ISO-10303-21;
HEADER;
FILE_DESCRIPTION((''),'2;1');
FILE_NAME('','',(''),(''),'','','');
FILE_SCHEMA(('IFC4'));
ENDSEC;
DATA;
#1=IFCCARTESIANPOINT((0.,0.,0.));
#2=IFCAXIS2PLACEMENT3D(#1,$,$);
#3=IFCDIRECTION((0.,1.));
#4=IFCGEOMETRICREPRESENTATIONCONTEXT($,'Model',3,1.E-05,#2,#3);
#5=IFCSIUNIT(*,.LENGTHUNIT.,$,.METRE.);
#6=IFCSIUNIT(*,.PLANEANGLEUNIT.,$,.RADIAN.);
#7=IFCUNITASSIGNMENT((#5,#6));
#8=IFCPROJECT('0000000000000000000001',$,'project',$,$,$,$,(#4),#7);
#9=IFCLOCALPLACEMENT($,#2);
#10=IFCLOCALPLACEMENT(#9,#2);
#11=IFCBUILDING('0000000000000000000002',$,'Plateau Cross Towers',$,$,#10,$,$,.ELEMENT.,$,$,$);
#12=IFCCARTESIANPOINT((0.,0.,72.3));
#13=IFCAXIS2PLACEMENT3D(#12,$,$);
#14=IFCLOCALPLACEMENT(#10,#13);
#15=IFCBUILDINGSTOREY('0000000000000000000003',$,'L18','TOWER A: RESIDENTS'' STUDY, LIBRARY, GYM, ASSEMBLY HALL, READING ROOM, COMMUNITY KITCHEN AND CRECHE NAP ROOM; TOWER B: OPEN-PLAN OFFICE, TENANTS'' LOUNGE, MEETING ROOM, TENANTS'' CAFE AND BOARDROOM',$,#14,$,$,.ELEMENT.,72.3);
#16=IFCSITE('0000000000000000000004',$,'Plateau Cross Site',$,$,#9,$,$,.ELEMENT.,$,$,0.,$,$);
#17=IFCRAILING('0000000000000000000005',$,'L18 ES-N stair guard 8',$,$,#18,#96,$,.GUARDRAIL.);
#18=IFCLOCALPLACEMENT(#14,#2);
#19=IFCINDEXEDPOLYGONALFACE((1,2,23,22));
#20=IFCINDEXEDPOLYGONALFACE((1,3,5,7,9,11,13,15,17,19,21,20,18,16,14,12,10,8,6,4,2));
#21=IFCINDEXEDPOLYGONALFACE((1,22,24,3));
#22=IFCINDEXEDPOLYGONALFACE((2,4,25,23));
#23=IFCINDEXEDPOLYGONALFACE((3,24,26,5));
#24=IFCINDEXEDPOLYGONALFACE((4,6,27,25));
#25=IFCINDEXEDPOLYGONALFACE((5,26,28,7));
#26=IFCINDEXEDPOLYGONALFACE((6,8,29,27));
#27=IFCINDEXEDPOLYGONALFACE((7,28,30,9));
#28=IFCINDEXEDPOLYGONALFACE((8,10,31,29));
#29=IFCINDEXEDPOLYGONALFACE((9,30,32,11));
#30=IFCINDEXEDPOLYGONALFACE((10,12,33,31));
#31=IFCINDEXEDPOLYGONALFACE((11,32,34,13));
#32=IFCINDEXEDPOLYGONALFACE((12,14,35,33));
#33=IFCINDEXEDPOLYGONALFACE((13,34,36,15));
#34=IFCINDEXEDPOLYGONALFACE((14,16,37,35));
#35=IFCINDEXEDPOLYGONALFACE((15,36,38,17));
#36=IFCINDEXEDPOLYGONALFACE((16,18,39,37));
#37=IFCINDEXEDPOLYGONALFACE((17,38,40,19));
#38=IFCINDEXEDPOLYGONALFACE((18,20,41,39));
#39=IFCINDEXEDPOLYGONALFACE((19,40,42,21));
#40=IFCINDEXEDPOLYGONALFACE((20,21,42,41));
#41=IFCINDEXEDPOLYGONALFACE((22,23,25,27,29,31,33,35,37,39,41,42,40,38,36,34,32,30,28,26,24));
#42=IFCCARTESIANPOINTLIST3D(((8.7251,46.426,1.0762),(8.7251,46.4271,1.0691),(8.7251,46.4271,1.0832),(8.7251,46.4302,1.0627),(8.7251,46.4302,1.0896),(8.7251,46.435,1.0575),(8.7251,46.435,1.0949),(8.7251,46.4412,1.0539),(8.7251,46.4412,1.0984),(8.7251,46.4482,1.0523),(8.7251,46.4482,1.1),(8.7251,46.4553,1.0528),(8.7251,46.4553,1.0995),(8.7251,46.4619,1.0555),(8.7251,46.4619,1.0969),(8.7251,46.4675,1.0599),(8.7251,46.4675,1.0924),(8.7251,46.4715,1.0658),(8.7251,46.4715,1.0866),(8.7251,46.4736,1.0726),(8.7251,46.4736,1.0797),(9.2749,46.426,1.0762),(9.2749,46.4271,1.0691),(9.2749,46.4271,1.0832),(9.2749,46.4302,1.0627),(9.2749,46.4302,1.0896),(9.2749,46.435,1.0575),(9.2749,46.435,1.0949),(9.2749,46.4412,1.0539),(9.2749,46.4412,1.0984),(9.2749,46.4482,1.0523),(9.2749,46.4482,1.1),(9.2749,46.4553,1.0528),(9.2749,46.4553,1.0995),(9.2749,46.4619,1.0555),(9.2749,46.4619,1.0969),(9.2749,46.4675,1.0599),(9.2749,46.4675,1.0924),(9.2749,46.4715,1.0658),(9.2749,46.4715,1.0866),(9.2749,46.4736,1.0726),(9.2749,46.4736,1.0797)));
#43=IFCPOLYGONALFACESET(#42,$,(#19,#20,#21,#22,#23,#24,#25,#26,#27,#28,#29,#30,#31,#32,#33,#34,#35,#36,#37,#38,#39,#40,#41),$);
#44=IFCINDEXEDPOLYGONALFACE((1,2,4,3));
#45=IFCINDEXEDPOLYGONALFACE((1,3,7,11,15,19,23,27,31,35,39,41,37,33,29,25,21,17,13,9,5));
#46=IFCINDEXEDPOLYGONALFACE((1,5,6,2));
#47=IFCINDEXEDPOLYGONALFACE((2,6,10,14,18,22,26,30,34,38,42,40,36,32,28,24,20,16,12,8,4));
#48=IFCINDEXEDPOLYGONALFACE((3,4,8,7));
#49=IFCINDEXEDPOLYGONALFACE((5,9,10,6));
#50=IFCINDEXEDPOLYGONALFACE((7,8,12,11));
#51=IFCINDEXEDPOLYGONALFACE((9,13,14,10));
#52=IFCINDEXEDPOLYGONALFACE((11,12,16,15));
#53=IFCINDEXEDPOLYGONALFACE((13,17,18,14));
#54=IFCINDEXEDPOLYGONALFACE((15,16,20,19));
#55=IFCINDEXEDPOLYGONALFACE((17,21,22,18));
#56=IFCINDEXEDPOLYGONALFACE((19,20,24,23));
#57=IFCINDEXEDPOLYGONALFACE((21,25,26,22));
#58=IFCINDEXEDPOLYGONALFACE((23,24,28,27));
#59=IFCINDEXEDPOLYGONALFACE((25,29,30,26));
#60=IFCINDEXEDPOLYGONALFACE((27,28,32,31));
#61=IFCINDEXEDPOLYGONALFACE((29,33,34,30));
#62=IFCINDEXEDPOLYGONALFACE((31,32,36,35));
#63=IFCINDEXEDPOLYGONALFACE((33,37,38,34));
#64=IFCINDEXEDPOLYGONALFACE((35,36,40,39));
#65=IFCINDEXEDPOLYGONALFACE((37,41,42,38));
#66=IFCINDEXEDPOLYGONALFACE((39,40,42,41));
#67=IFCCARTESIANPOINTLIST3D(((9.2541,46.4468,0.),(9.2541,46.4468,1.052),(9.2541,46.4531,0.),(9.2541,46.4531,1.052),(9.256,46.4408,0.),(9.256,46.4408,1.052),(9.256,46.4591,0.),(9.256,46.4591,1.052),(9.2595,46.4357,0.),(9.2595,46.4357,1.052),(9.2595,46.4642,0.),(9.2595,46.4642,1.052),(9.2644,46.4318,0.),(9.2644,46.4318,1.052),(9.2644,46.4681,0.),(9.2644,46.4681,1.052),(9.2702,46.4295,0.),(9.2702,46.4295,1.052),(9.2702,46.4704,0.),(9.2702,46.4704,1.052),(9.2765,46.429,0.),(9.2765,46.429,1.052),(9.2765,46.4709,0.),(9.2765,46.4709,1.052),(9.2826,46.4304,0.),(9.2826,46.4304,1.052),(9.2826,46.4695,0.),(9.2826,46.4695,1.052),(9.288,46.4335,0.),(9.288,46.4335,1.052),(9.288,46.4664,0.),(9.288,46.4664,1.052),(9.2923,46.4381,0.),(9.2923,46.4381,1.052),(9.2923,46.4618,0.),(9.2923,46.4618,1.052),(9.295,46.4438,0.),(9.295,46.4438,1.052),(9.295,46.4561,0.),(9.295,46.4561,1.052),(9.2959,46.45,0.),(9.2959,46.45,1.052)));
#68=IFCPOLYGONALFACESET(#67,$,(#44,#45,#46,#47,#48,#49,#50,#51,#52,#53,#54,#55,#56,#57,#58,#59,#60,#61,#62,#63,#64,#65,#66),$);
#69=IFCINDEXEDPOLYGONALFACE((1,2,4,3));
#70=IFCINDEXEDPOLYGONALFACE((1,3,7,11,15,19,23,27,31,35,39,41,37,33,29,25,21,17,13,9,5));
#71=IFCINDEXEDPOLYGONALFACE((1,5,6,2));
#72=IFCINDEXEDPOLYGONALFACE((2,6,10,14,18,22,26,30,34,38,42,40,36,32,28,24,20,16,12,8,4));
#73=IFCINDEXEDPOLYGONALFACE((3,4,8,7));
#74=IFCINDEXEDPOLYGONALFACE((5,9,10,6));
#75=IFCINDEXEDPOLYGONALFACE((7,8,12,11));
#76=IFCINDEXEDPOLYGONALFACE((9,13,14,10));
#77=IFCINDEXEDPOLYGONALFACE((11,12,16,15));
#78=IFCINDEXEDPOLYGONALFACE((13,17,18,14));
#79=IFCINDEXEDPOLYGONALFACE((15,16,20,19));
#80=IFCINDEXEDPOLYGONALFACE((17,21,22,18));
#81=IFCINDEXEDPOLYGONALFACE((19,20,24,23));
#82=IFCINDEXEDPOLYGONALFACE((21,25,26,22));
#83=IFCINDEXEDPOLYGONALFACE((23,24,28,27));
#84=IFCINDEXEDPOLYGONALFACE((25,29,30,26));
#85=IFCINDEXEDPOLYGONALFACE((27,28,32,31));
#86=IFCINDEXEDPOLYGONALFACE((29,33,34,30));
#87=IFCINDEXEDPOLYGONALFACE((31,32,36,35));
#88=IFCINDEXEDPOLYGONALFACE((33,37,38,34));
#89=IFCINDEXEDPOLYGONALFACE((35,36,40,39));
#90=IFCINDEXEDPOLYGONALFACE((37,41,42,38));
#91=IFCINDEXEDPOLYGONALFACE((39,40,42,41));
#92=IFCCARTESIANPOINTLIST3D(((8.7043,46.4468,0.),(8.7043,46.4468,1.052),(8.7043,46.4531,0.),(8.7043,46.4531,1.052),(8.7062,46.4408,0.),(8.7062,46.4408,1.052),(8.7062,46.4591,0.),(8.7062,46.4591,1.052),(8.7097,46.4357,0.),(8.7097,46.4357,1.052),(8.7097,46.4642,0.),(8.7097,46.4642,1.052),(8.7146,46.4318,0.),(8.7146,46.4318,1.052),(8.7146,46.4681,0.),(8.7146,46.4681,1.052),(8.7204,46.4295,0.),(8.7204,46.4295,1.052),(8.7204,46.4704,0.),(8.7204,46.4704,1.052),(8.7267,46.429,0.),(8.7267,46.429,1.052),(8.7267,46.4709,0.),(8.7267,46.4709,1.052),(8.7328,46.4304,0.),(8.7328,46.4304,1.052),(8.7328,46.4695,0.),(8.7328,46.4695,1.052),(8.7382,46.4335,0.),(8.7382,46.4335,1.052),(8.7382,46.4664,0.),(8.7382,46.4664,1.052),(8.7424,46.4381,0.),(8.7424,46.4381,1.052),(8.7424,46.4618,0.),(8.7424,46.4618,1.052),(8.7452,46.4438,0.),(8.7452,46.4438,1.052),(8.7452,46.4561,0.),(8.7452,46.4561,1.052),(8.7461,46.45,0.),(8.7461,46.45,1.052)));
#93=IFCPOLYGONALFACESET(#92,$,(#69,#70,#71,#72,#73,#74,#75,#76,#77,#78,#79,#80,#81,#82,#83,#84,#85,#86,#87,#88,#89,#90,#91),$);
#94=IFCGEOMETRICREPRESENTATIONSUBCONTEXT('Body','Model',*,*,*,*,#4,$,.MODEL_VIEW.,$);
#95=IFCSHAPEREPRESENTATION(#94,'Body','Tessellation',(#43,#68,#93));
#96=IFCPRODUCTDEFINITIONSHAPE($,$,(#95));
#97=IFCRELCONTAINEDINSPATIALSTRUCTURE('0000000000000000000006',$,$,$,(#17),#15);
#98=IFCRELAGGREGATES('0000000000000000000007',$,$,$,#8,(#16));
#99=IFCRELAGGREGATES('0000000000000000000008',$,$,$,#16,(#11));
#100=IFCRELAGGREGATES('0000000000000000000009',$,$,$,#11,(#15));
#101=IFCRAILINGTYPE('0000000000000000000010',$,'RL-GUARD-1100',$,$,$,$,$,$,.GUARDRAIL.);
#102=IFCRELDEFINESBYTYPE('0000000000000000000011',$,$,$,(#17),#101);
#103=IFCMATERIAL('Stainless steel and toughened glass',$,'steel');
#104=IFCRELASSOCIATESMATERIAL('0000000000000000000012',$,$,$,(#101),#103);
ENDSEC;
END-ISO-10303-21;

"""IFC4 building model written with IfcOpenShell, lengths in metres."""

from ifc_helpers import new_model, si_unit, direction, frame, origin, origin_2d, place, context, subcontext, project, spatial, circle, extrude, material, type_object, element, save


model = new_model("IFC4")

# Units and contexts
model_context = context("Model", 3, precision=1e-05, world=origin(), true_north=direction((0.0, 1.0)))
body_context = subcontext(model_context, "Body", "Model", "MODEL_VIEW")
ifc_project = project(units=[si_unit("LENGTHUNIT", "METRE"), si_unit("PLANEANGLEUNIT", "RADIAN")], contexts=[model_context])

# Site, building, storey
site_placement = place(None, origin())
site = spatial("IfcSite", under=ifc_project, at=site_placement, Name="Plateau Cross Site", CompositionType="ELEMENT", RefElevation=0.0)
building_placement = place(site_placement, origin())
building = spatial("IfcBuilding", under=site, at=building_placement, Name="Plateau Cross Towers", CompositionType="ELEMENT")
storey_placement = place(building_placement, frame((0.0, 0.0, 72.3)))
storey = spatial("IfcBuildingStorey", under=building, at=storey_placement, Name="L18", Description="TOWER A: RESIDENTS' STUDY, LIBRARY, GYM, ASSEMBLY HALL, READING ROOM, COMMUNITY KITCHEN AND CRECHE NAP ROOM; TOWER B: OPEN-PLAN OFFICE, TENANTS' LOUNGE, MEETING ROOM, TENANTS' CAFE AND BOARDROOM", CompositionType="ELEMENT", Elevation=72.3)

# Railing
ifc_material_1 = material(Name="Stainless steel and toughened glass", Category="steel")
railing_type_1 = type_object("IfcRailingType", Name="RL-GUARD-1100", PredefinedType="GUARDRAIL", material=ifc_material_1)
railing_1_placement = place(storey_placement, frame((9.2749, 46.45, 0.0)))
element("IfcRailing", 1, at=railing_1_placement, inside=storey, type_object=railing_type_1, Name="L18 ES-N stair guard 8", PredefinedType="GUARDRAIL", context=body_context, shape_type="SweptSolid", body=[
    extrude(circle(Radius=0.0239, at=origin_2d()), frame((0.0, 0.0, 1.0762), z_axis=(-1.0, 0.0, 0.0), x_axis=(0.0, -1.0, 0.0)), (0.0, 0.0, 1.0), 0.5498),
    extrude(circle(Radius=0.021, at=origin_2d()), origin(), (0.0, 0.0, 1.0), 1.052),
    extrude(circle(Radius=0.021, at=origin_2d()), frame((-0.5498, 0.0, 0.0)), (0.0, 0.0, 1.0), 1.052),
])

save(model, "model.ifc")
